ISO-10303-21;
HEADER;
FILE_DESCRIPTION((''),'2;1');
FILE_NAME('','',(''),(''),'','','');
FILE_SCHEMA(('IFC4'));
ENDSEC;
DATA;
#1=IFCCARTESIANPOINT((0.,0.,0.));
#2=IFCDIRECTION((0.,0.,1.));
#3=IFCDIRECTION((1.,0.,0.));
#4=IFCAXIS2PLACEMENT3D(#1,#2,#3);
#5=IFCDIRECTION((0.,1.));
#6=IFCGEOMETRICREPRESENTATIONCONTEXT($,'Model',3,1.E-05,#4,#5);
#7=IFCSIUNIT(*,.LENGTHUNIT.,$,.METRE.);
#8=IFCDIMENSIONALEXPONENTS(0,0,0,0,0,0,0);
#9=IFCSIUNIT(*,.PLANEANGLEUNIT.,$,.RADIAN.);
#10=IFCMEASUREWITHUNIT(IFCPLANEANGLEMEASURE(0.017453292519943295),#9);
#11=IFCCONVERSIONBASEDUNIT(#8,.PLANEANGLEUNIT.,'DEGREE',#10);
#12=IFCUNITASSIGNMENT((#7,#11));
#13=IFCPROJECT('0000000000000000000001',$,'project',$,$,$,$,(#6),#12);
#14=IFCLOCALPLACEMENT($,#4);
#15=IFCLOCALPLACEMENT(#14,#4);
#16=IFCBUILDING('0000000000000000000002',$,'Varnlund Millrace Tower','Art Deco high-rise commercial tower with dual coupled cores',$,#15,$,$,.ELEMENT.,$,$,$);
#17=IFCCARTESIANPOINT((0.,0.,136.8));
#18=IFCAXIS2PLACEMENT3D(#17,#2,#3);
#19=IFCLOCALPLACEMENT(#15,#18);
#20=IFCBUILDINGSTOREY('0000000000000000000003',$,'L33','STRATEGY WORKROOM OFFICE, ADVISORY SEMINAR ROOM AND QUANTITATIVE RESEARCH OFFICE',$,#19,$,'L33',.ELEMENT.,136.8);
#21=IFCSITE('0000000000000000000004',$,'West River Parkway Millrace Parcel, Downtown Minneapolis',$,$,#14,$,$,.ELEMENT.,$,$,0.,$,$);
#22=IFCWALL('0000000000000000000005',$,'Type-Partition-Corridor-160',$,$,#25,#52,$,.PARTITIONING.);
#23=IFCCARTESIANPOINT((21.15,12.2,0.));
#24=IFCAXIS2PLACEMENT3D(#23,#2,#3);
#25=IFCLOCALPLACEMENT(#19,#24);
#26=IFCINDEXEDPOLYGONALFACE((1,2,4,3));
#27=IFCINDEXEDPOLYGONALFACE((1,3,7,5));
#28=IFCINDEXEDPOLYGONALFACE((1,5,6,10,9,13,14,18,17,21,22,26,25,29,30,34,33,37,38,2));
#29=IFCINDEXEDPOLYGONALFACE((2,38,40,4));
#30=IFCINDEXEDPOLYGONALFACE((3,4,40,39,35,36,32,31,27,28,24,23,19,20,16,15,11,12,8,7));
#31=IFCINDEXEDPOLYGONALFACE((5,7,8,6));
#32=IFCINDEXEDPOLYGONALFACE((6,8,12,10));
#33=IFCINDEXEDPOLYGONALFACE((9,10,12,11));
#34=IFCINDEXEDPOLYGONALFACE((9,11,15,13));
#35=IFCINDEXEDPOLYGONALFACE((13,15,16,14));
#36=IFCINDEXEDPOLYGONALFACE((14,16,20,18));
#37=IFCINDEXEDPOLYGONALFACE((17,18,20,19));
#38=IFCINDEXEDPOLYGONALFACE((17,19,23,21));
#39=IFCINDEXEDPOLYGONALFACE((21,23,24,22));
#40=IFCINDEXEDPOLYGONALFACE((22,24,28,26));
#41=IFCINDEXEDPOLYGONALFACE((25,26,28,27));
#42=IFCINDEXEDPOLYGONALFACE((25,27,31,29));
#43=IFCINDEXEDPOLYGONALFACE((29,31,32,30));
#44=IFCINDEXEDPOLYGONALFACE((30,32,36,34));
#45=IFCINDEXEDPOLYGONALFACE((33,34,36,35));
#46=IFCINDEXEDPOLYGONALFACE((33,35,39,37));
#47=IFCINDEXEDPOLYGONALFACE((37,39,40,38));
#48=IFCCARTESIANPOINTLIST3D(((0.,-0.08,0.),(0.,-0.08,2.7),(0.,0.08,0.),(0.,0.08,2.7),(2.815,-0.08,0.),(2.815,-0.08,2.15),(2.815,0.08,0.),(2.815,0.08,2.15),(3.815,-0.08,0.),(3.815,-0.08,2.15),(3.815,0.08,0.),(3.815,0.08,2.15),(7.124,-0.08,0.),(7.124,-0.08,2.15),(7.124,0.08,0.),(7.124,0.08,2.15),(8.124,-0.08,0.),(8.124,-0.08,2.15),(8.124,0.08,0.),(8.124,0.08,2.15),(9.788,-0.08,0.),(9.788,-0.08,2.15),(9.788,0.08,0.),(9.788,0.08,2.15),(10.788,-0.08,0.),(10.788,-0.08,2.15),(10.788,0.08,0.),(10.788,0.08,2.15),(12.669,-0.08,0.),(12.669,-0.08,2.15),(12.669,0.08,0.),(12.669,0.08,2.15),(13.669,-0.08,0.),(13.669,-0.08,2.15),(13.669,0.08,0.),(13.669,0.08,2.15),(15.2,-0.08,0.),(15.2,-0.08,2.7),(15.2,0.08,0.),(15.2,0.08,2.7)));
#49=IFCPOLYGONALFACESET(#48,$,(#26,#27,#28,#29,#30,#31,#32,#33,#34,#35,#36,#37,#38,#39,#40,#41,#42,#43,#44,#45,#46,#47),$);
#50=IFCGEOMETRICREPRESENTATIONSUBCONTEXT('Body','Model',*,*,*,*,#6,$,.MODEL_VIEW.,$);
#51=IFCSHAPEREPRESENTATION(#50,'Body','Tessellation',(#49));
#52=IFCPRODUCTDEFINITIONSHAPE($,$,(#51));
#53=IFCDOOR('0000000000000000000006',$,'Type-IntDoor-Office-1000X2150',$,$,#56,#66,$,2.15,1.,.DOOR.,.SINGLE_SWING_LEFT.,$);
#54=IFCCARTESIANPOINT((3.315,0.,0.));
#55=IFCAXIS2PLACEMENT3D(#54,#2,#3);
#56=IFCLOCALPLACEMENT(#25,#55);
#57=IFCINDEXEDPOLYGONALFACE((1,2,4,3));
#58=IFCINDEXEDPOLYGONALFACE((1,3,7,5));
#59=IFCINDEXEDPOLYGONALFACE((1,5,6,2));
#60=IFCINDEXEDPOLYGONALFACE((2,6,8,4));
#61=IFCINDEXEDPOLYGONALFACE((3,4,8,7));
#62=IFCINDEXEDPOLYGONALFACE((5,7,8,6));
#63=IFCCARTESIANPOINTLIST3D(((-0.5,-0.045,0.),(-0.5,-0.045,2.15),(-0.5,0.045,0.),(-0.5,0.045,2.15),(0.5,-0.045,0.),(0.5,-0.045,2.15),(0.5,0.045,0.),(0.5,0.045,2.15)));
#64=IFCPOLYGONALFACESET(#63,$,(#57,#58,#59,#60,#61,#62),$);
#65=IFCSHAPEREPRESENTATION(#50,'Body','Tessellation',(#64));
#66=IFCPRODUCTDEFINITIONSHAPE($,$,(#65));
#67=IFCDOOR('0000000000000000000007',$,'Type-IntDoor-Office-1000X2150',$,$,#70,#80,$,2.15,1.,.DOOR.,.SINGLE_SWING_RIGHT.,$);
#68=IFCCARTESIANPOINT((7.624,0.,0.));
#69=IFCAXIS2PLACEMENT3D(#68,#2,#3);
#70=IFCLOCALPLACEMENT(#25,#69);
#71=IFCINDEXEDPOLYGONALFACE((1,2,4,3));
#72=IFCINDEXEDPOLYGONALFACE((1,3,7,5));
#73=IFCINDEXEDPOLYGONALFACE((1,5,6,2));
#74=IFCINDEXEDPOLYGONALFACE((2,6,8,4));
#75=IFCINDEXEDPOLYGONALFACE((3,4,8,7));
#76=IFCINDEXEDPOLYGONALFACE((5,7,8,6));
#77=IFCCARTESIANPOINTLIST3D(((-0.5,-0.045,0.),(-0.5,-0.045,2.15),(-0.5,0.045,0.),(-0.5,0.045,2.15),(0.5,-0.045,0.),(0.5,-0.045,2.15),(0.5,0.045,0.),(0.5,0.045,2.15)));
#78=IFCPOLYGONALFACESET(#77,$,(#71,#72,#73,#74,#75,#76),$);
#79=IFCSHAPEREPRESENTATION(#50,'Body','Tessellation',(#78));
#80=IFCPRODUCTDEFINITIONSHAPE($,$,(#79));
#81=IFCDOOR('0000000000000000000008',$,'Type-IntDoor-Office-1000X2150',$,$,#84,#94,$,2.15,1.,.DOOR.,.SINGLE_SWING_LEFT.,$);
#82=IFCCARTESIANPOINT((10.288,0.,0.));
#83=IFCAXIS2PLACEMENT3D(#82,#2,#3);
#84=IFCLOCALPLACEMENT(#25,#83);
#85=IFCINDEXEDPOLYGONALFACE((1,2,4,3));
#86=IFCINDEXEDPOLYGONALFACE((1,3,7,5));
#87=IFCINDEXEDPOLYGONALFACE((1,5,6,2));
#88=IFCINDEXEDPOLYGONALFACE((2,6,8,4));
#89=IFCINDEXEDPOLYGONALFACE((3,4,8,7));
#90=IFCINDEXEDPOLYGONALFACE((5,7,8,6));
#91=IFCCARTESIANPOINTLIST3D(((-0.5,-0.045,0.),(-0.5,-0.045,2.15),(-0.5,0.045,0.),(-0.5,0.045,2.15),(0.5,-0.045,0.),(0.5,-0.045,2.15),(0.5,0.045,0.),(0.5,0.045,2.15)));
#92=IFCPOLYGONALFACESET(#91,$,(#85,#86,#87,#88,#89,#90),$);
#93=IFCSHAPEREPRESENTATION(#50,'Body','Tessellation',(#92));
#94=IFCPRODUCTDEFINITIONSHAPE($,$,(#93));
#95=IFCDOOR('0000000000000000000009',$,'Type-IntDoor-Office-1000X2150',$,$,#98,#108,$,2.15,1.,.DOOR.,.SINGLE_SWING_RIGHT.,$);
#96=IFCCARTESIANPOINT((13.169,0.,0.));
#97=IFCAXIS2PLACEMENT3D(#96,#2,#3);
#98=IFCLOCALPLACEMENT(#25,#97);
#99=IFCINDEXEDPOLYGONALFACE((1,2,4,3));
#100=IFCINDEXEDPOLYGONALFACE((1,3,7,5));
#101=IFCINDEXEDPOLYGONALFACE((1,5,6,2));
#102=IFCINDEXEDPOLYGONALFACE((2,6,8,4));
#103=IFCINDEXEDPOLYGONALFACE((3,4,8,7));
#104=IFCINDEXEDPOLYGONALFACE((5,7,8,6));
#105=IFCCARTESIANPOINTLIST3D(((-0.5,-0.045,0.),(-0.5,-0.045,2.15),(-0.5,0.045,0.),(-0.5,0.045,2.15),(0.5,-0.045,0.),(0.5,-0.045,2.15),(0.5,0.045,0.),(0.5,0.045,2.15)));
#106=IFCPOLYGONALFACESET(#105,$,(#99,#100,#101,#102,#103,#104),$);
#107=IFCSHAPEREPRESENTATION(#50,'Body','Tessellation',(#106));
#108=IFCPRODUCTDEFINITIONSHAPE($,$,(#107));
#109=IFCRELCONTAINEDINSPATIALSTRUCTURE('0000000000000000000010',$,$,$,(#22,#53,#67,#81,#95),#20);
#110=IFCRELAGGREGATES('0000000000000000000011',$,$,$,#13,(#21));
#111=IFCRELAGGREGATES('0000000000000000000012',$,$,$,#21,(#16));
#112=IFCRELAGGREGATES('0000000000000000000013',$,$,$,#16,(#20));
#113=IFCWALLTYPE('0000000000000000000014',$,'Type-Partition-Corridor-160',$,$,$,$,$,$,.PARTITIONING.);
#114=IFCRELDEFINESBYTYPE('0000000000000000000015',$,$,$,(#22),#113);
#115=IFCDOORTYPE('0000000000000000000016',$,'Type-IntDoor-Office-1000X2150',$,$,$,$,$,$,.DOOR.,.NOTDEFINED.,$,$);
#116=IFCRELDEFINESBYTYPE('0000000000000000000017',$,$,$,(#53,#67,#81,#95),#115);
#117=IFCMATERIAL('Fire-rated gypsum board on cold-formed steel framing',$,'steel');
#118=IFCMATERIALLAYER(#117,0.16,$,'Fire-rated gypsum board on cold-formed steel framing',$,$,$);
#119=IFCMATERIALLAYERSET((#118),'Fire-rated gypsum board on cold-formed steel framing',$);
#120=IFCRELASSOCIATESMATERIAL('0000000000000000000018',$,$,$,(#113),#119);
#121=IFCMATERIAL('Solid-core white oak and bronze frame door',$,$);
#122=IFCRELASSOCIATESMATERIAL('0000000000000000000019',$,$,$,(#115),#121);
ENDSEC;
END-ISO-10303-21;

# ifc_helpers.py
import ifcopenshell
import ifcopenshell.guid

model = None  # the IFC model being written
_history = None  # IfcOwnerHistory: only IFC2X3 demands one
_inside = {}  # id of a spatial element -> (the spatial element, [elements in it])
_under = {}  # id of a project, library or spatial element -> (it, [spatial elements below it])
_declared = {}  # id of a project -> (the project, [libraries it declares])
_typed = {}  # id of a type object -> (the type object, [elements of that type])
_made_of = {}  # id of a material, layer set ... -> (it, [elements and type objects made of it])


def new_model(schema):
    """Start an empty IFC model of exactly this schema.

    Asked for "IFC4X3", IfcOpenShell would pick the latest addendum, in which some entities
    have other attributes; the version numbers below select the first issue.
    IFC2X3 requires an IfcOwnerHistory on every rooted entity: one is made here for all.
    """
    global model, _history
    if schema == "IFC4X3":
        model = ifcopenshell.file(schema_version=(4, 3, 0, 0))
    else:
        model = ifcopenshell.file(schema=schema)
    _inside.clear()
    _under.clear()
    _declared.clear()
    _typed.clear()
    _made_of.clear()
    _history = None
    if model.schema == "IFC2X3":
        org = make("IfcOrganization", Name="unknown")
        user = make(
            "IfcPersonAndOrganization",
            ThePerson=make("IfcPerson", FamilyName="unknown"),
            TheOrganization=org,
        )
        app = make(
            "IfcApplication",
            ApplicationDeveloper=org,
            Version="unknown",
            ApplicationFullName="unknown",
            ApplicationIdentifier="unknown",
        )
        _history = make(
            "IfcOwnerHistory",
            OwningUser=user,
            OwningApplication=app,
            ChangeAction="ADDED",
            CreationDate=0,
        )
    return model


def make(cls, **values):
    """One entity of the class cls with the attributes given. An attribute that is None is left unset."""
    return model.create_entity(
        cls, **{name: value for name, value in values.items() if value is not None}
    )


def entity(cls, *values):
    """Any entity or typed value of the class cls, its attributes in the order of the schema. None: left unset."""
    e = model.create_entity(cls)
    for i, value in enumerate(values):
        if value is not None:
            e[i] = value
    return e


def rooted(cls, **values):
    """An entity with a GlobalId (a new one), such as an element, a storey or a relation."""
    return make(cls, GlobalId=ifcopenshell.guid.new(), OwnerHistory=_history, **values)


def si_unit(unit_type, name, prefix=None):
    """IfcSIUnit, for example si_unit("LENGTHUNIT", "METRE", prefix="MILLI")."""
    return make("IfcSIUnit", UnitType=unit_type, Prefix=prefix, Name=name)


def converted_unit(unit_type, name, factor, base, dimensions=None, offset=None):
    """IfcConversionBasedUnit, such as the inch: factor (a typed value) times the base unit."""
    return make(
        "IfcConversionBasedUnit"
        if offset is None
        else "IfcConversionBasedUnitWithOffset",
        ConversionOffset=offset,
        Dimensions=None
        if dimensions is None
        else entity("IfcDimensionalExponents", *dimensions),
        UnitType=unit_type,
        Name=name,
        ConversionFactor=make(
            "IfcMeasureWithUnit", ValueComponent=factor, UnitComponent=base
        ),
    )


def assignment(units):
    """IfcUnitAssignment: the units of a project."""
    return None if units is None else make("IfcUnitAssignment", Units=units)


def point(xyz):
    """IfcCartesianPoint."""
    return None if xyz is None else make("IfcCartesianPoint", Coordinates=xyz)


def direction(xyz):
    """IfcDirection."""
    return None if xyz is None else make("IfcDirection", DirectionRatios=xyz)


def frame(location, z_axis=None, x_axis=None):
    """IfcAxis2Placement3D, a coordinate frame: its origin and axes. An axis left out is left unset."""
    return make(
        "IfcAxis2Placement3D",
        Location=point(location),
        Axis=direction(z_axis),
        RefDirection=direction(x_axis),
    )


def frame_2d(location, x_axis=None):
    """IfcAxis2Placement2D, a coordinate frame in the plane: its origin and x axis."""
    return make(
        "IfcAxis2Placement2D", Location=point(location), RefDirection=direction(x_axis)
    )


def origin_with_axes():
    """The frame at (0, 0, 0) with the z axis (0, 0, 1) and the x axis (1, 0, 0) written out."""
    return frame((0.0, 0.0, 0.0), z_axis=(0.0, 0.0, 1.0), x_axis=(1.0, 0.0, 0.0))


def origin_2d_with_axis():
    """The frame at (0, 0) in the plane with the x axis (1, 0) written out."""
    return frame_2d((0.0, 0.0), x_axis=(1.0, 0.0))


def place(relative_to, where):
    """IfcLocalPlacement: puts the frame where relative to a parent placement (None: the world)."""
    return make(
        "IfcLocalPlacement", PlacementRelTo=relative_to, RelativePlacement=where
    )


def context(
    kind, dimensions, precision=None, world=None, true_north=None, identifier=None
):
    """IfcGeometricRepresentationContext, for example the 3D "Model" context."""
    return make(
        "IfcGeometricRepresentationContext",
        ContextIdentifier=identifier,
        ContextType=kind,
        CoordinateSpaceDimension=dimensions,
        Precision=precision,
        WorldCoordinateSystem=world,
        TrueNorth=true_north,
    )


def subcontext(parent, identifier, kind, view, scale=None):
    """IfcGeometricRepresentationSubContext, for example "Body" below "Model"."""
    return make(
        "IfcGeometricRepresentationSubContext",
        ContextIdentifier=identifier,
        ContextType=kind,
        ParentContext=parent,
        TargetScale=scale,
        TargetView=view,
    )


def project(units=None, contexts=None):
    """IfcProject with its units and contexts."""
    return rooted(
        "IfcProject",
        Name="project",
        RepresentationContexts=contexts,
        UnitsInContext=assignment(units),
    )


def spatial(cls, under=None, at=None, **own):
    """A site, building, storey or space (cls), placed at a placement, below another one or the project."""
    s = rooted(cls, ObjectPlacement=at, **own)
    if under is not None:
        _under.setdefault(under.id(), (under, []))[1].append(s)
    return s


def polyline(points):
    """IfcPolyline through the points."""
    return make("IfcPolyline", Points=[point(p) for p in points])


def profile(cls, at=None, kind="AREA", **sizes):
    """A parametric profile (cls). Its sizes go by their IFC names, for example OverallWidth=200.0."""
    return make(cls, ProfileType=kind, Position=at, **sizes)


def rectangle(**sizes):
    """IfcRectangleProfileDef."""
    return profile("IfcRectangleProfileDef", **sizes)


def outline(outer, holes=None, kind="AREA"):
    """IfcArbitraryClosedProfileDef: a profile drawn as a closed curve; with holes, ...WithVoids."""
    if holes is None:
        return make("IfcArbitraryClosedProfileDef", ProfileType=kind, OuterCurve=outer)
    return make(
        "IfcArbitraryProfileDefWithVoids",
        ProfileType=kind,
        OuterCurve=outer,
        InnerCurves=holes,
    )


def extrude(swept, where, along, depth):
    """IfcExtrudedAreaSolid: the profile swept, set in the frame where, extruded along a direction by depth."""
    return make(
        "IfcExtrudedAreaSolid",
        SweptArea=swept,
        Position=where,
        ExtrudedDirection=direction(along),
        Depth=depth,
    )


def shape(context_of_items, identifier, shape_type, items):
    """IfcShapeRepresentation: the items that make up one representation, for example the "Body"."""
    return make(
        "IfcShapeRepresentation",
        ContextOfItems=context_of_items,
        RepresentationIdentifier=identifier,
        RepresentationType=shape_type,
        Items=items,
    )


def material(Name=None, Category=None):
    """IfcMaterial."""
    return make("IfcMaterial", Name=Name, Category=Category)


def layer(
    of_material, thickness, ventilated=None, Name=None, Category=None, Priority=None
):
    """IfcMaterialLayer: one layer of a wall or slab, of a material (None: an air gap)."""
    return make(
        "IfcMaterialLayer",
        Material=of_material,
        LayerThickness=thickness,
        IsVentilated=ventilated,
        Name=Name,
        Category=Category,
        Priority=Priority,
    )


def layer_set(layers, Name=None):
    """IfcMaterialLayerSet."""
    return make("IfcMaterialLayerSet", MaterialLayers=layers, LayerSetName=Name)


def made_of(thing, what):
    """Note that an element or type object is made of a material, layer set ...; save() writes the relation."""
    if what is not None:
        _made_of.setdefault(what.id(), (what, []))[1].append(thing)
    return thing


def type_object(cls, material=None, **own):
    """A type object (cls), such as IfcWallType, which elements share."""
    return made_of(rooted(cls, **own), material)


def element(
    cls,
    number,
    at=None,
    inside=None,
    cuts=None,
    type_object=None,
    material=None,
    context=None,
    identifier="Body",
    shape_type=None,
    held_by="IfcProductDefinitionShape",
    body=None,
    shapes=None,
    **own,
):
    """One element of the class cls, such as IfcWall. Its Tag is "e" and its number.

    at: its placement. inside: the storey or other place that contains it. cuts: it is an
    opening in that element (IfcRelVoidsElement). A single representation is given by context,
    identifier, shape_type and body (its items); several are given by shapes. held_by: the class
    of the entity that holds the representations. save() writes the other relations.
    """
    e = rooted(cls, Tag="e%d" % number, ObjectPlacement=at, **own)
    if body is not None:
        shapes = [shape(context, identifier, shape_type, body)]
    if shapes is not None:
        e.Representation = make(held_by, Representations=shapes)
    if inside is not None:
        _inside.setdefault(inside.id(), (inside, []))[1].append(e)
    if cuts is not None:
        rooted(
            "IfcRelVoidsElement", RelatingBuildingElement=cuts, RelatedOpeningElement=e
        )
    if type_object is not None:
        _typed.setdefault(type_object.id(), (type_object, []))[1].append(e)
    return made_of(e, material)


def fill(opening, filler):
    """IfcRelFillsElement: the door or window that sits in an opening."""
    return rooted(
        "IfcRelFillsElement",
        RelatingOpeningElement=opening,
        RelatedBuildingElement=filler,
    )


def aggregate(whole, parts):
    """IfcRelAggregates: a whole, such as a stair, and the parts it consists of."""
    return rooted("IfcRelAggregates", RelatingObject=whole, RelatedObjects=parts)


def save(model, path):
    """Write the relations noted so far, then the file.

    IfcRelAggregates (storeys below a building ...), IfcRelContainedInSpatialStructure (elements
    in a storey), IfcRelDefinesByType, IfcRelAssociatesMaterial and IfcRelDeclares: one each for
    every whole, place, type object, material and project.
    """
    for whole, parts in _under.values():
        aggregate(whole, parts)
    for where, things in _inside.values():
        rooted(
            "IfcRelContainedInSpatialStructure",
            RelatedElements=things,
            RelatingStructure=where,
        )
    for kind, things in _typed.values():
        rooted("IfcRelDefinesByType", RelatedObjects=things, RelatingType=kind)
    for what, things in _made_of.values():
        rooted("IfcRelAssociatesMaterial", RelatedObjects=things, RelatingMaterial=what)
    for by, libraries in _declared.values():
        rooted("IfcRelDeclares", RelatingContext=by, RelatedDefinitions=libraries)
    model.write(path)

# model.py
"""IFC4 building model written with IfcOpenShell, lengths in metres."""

from ifc_helpers import new_model, entity, si_unit, converted_unit, direction, frame, origin_with_axes, origin_2d_with_axis, place, context, subcontext, project, spatial, polyline, rectangle, outline, extrude, material, layer, layer_set, type_object, element, fill, save


model = new_model("IFC4")

# Units and contexts
model_context = context("Model", 3, precision=1e-05, world=origin_with_axes(), true_north=direction((0.0, 1.0)))
body_context = subcontext(model_context, "Body", "Model", "MODEL_VIEW")
ifc_project = project(units=[si_unit("LENGTHUNIT", "METRE"), converted_unit("PLANEANGLEUNIT", "DEGREE", entity("IfcPlaneAngleMeasure", 0.017453292519943295), si_unit("PLANEANGLEUNIT", "RADIAN"), dimensions=[0, 0, 0, 0, 0, 0, 0])], contexts=[model_context])

# Site, building, storey
site_placement = place(None, origin_with_axes())
site = spatial("IfcSite", under=ifc_project, at=site_placement, Name="West River Parkway Millrace Parcel, Downtown Minneapolis", CompositionType="ELEMENT", RefElevation=0.0)
building_placement = place(site_placement, origin_with_axes())
building = spatial("IfcBuilding", under=site, at=building_placement, Name="Varnlund Millrace Tower", Description="Art Deco high-rise commercial tower with dual coupled cores", CompositionType="ELEMENT")
storey_placement = place(building_placement, frame((0.0, 0.0, 136.8), z_axis=(0.0, 0.0, 1.0), x_axis=(1.0, 0.0, 0.0)))
storey = spatial("IfcBuildingStorey", under=building, at=storey_placement, Name="L33", Description="STRATEGY WORKROOM OFFICE, ADVISORY SEMINAR ROOM AND QUANTITATIVE RESEARCH OFFICE", LongName="L33", CompositionType="ELEMENT", Elevation=136.8)

# Wall, openings, doors
ifc_material_1 = material(Name="Fire-rated gypsum board on cold-formed steel framing", Category="steel")
ifc_layer_1 = layer(ifc_material_1, 0.16, Name="Fire-rated gypsum board on cold-formed steel framing")
ifc_layer_set_1 = layer_set([ifc_layer_1], Name="Fire-rated gypsum board on cold-formed steel framing")
wall_type_1 = type_object("IfcWallType", Name="Type-Partition-Corridor-160", PredefinedType="PARTITIONING", material=ifc_layer_set_1)
wall_1_placement = place(storey_placement, frame((21.15, 12.2, 0.0), z_axis=(0.0, 0.0, 1.0), x_axis=(1.0, 0.0, 0.0)))
wall_1 = element("IfcWall", 1, at=wall_1_placement, inside=storey, type_object=wall_type_1, Name="Type-Partition-Corridor-160", PredefinedType="PARTITIONING", context=body_context, shape_type="SweptSolid", body=[
    extrude(outline(polyline([(0.0, -0.08), (15.2, -0.08), (15.2, 0.08), (0.0, 0.08), (0.0, -0.08)])), origin_with_axes(), (0.0, 0.0, 1.0), 2.7),
])
opening_1_placement = place(wall_1_placement, frame((3.315, 0.0, 0.0), z_axis=(0.0, 0.0, 1.0), x_axis=(1.0, 0.0, 0.0)))
opening_1 = element("IfcOpeningElement", 2, at=opening_1_placement, cuts=wall_1, PredefinedType="OPENING", context=body_context, shape_type="SweptSolid", body=[
    extrude(rectangle(XDim=1.0, YDim=0.18, at=origin_2d_with_axis()), origin_with_axes(), (0.0, 0.0, 1.0), 2.15),
])
opening_2_placement = place(wall_1_placement, frame((7.624, 0.0, 0.0), z_axis=(0.0, 0.0, 1.0), x_axis=(1.0, 0.0, 0.0)))
opening_2 = element("IfcOpeningElement", 3, at=opening_2_placement, cuts=wall_1, PredefinedType="OPENING", context=body_context, shape_type="SweptSolid", body=[
    extrude(rectangle(XDim=1.0, YDim=0.18, at=origin_2d_with_axis()), origin_with_axes(), (0.0, 0.0, 1.0), 2.15),
])
opening_3_placement = place(wall_1_placement, frame((10.288, 0.0, 0.0), z_axis=(0.0, 0.0, 1.0), x_axis=(1.0, 0.0, 0.0)))
opening_3 = element("IfcOpeningElement", 4, at=opening_3_placement, cuts=wall_1, PredefinedType="OPENING", context=body_context, shape_type="SweptSolid", body=[
    extrude(rectangle(XDim=1.0, YDim=0.18, at=origin_2d_with_axis()), origin_with_axes(), (0.0, 0.0, 1.0), 2.15),
])
opening_4_placement = place(wall_1_placement, frame((13.169, 0.0, 0.0), z_axis=(0.0, 0.0, 1.0), x_axis=(1.0, 0.0, 0.0)))
opening_4 = element("IfcOpeningElement", 5, at=opening_4_placement, cuts=wall_1, PredefinedType="OPENING", context=body_context, shape_type="SweptSolid", body=[
    extrude(rectangle(XDim=1.0, YDim=0.18, at=origin_2d_with_axis()), origin_with_axes(), (0.0, 0.0, 1.0), 2.15),
])
ifc_material_2 = material(Name="Solid-core white oak and bronze frame door")
door_type_1 = type_object("IfcDoorType", Name="Type-IntDoor-Office-1000X2150", OperationType="NOTDEFINED", PredefinedType="DOOR", material=ifc_material_2)
door_1_placement = place(wall_1_placement, frame((3.315, 0.0, 0.0), z_axis=(0.0, 0.0, 1.0), x_axis=(1.0, 0.0, 0.0)))
door_1 = element("IfcDoor", 6, at=door_1_placement, inside=storey, type_object=door_type_1, Name="Type-IntDoor-Office-1000X2150", OperationType="SINGLE_SWING_LEFT", OverallHeight=2.15, OverallWidth=1.0, PredefinedType="DOOR", context=body_context, shape_type="SweptSolid", body=[
    extrude(rectangle(XDim=1.0, YDim=0.09, at=origin_2d_with_axis()), origin_with_axes(), (0.0, 0.0, 1.0), 2.15),
])
fill(opening_1, door_1)
door_2_placement = place(wall_1_placement, frame((7.624, 0.0, 0.0), z_axis=(0.0, 0.0, 1.0), x_axis=(1.0, 0.0, 0.0)))
door_2 = element("IfcDoor", 7, at=door_2_placement, inside=storey, type_object=door_type_1, Name="Type-IntDoor-Office-1000X2150", OperationType="SINGLE_SWING_RIGHT", OverallHeight=2.15, OverallWidth=1.0, PredefinedType="DOOR", context=body_context, shape_type="SweptSolid", body=[
    extrude(rectangle(XDim=1.0, YDim=0.09, at=origin_2d_with_axis()), origin_with_axes(), (0.0, 0.0, 1.0), 2.15),
])
fill(opening_2, door_2)
door_3_placement = place(wall_1_placement, frame((10.288, 0.0, 0.0), z_axis=(0.0, 0.0, 1.0), x_axis=(1.0, 0.0, 0.0)))
door_3 = element("IfcDoor", 8, at=door_3_placement, inside=storey, type_object=door_type_1, Name="Type-IntDoor-Office-1000X2150", OperationType="SINGLE_SWING_LEFT", OverallHeight=2.15, OverallWidth=1.0, PredefinedType="DOOR", context=body_context, shape_type="SweptSolid", body=[
    extrude(rectangle(XDim=1.0, YDim=0.09, at=origin_2d_with_axis()), origin_with_axes(), (0.0, 0.0, 1.0), 2.15),
])
fill(opening_3, door_3)
door_4_placement = place(wall_1_placement, frame((13.169, 0.0, 0.0), z_axis=(0.0, 0.0, 1.0), x_axis=(1.0, 0.0, 0.0)))
door_4 = element("IfcDoor", 9, at=door_4_placement, inside=storey, type_object=door_type_1, Name="Type-IntDoor-Office-1000X2150", OperationType="SINGLE_SWING_RIGHT", OverallHeight=2.15, OverallWidth=1.0, PredefinedType="DOOR", context=body_context, shape_type="SweptSolid", body=[
    extrude(rectangle(XDim=1.0, YDim=0.09, at=origin_2d_with_axis()), origin_with_axes(), (0.0, 0.0, 1.0), 2.15),
])
fill(opening_4, door_4)

save(model, "model.ifc")
